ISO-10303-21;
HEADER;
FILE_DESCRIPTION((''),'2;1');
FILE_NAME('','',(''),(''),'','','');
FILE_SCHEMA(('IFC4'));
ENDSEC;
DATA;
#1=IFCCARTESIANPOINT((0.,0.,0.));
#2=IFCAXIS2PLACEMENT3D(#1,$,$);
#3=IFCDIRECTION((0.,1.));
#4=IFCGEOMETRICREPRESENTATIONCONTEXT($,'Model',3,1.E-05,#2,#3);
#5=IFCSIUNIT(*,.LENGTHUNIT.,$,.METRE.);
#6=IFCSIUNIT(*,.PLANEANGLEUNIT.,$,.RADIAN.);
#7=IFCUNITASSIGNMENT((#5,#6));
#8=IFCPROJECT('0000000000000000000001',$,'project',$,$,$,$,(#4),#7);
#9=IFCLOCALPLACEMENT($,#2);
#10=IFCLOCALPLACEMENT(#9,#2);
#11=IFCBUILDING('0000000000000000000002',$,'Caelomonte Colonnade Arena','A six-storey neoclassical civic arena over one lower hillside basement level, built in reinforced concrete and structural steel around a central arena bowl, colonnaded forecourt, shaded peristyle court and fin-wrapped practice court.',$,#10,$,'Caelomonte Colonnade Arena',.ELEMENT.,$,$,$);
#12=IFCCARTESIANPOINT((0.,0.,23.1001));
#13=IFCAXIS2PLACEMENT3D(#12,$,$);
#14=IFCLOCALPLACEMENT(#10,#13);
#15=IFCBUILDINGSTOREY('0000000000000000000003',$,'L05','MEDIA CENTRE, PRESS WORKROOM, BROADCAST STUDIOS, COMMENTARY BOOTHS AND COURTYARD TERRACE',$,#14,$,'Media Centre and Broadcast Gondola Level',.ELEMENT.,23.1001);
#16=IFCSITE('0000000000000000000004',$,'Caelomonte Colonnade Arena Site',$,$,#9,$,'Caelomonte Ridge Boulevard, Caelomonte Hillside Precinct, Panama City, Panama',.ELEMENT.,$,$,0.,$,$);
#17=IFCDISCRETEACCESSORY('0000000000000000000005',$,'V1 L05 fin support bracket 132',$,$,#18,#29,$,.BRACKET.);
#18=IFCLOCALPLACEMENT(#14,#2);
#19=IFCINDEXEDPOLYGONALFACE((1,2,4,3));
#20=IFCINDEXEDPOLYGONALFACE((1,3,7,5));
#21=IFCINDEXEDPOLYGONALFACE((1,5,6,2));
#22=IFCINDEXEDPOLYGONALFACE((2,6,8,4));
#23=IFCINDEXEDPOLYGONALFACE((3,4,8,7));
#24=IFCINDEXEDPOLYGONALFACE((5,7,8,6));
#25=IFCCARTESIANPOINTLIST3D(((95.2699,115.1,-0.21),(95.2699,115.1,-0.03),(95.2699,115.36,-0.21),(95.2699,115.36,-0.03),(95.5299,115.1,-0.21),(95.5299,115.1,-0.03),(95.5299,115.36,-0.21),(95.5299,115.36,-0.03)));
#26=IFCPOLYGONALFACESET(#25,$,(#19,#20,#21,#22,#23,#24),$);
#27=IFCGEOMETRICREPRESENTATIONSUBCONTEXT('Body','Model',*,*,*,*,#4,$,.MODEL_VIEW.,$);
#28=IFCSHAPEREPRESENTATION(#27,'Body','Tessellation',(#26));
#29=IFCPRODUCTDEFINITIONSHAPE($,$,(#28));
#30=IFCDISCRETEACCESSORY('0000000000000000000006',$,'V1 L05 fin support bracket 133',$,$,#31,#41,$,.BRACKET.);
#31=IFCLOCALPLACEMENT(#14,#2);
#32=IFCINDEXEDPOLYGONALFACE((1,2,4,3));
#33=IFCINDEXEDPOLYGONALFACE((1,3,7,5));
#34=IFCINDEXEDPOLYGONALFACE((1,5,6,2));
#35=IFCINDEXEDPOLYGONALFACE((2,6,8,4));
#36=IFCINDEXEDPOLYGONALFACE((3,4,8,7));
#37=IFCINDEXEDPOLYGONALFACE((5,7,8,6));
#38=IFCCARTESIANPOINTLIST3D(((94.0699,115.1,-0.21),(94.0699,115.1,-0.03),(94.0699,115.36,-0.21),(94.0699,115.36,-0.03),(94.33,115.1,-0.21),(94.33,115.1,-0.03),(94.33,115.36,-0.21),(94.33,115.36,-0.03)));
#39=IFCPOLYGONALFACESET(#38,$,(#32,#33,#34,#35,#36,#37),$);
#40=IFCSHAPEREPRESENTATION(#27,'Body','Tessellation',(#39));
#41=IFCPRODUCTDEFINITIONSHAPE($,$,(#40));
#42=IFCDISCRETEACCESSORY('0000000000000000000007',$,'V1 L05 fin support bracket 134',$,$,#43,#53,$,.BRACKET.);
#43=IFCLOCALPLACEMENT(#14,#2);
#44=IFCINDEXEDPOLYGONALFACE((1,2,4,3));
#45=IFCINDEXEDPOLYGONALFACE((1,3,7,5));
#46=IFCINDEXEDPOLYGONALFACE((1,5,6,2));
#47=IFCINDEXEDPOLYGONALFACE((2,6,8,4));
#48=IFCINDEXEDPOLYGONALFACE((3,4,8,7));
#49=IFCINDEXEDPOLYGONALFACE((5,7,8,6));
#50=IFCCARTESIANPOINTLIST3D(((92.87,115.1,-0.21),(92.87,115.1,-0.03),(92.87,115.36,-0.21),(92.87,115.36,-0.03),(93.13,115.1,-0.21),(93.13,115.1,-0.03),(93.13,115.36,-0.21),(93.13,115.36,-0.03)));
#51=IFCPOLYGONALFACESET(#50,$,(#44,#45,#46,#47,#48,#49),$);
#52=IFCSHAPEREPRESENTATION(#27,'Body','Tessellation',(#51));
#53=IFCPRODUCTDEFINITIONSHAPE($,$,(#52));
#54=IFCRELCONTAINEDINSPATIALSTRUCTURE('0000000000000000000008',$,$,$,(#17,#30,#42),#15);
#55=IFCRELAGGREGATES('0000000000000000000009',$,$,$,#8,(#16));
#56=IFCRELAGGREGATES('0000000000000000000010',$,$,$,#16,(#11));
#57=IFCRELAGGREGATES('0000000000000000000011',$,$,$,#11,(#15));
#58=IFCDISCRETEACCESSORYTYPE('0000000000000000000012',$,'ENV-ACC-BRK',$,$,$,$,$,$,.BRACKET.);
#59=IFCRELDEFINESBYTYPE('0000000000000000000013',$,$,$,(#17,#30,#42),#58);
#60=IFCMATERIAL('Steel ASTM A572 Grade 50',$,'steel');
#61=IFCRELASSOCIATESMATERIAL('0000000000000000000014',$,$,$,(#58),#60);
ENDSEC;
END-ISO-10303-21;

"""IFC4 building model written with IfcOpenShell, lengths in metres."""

from ifc_helpers import new_model, si_unit, direction, frame, origin, origin_2d, place, context, subcontext, project, spatial, rectangle, extrude, material, type_object, element, save


model = new_model("IFC4")

# Units and contexts
model_context = context("Model", 3, precision=1e-05, world=origin(), true_north=direction((0.0, 1.0)))
body_context = subcontext(model_context, "Body", "Model", "MODEL_VIEW")
ifc_project = project(units=[si_unit("LENGTHUNIT", "METRE"), si_unit("PLANEANGLEUNIT", "RADIAN")], contexts=[model_context])

# Site, building, storey
site_placement = place(None, origin())
site = spatial("IfcSite", under=ifc_project, at=site_placement, Name="Caelomonte Colonnade Arena Site", LongName="Caelomonte Ridge Boulevard, Caelomonte Hillside Precinct, Panama City, Panama", CompositionType="ELEMENT", RefElevation=0.0)
building_placement = place(site_placement, origin())
building = spatial("IfcBuilding", under=site, at=building_placement, Name="Caelomonte Colonnade Arena", Description="A six-storey neoclassical civic arena over one lower hillside basement level, built in reinforced concrete and structural steel around a central arena bowl, colonnaded forecourt, shaded peristyle court and fin-wrapped practice court.", LongName="Caelomonte Colonnade Arena", CompositionType="ELEMENT")
storey_placement = place(building_placement, frame((0.0, 0.0, 23.1001)))
storey = spatial("IfcBuildingStorey", under=building, at=storey_placement, Name="L05", Description="MEDIA CENTRE, PRESS WORKROOM, BROADCAST STUDIOS, COMMENTARY BOOTHS AND COURTYARD TERRACE", LongName="Media Centre and Broadcast Gondola Level", CompositionType="ELEMENT", Elevation=23.1001)

# Discrete accessories
ifc_material_1 = material(Name="Steel ASTM A572 Grade 50", Category="steel")
discrete_accessory_type = type_object("IfcDiscreteAccessoryType", Name="ENV-ACC-BRK", PredefinedType="BRACKET", material=ifc_material_1)
for number, where, z_axis, x_axis, name in (
    (1, (95.3999, 115.23, -0.21), (0.0, 0.0, 1.0), (-1.0, 0.0, 0.0), "V1 L05 fin support bracket 132"),
    (2, (94.2, 115.23, -0.21), (0.0, 0.0, 1.0), (-1.0, 0.0, 0.0), "V1 L05 fin support bracket 133"),
    (3, (93.0, 115.23, -0.21), (0.0, 0.0, 1.0), (-1.0, 0.0, 0.0), "V1 L05 fin support bracket 134"),
):
    element("IfcDiscreteAccessory", number, at=place(storey_placement, frame(where, z_axis=z_axis, x_axis=x_axis)), inside=storey, type_object=discrete_accessory_type, Name=name, PredefinedType="BRACKET", context=body_context, shape_type="SweptSolid", body=[
        extrude(rectangle(XDim=0.26, YDim=0.26, at=origin_2d()), origin(), (0.0, 0.0, 1.0), 0.1799),
    ])

save(model, "model.ifc")
